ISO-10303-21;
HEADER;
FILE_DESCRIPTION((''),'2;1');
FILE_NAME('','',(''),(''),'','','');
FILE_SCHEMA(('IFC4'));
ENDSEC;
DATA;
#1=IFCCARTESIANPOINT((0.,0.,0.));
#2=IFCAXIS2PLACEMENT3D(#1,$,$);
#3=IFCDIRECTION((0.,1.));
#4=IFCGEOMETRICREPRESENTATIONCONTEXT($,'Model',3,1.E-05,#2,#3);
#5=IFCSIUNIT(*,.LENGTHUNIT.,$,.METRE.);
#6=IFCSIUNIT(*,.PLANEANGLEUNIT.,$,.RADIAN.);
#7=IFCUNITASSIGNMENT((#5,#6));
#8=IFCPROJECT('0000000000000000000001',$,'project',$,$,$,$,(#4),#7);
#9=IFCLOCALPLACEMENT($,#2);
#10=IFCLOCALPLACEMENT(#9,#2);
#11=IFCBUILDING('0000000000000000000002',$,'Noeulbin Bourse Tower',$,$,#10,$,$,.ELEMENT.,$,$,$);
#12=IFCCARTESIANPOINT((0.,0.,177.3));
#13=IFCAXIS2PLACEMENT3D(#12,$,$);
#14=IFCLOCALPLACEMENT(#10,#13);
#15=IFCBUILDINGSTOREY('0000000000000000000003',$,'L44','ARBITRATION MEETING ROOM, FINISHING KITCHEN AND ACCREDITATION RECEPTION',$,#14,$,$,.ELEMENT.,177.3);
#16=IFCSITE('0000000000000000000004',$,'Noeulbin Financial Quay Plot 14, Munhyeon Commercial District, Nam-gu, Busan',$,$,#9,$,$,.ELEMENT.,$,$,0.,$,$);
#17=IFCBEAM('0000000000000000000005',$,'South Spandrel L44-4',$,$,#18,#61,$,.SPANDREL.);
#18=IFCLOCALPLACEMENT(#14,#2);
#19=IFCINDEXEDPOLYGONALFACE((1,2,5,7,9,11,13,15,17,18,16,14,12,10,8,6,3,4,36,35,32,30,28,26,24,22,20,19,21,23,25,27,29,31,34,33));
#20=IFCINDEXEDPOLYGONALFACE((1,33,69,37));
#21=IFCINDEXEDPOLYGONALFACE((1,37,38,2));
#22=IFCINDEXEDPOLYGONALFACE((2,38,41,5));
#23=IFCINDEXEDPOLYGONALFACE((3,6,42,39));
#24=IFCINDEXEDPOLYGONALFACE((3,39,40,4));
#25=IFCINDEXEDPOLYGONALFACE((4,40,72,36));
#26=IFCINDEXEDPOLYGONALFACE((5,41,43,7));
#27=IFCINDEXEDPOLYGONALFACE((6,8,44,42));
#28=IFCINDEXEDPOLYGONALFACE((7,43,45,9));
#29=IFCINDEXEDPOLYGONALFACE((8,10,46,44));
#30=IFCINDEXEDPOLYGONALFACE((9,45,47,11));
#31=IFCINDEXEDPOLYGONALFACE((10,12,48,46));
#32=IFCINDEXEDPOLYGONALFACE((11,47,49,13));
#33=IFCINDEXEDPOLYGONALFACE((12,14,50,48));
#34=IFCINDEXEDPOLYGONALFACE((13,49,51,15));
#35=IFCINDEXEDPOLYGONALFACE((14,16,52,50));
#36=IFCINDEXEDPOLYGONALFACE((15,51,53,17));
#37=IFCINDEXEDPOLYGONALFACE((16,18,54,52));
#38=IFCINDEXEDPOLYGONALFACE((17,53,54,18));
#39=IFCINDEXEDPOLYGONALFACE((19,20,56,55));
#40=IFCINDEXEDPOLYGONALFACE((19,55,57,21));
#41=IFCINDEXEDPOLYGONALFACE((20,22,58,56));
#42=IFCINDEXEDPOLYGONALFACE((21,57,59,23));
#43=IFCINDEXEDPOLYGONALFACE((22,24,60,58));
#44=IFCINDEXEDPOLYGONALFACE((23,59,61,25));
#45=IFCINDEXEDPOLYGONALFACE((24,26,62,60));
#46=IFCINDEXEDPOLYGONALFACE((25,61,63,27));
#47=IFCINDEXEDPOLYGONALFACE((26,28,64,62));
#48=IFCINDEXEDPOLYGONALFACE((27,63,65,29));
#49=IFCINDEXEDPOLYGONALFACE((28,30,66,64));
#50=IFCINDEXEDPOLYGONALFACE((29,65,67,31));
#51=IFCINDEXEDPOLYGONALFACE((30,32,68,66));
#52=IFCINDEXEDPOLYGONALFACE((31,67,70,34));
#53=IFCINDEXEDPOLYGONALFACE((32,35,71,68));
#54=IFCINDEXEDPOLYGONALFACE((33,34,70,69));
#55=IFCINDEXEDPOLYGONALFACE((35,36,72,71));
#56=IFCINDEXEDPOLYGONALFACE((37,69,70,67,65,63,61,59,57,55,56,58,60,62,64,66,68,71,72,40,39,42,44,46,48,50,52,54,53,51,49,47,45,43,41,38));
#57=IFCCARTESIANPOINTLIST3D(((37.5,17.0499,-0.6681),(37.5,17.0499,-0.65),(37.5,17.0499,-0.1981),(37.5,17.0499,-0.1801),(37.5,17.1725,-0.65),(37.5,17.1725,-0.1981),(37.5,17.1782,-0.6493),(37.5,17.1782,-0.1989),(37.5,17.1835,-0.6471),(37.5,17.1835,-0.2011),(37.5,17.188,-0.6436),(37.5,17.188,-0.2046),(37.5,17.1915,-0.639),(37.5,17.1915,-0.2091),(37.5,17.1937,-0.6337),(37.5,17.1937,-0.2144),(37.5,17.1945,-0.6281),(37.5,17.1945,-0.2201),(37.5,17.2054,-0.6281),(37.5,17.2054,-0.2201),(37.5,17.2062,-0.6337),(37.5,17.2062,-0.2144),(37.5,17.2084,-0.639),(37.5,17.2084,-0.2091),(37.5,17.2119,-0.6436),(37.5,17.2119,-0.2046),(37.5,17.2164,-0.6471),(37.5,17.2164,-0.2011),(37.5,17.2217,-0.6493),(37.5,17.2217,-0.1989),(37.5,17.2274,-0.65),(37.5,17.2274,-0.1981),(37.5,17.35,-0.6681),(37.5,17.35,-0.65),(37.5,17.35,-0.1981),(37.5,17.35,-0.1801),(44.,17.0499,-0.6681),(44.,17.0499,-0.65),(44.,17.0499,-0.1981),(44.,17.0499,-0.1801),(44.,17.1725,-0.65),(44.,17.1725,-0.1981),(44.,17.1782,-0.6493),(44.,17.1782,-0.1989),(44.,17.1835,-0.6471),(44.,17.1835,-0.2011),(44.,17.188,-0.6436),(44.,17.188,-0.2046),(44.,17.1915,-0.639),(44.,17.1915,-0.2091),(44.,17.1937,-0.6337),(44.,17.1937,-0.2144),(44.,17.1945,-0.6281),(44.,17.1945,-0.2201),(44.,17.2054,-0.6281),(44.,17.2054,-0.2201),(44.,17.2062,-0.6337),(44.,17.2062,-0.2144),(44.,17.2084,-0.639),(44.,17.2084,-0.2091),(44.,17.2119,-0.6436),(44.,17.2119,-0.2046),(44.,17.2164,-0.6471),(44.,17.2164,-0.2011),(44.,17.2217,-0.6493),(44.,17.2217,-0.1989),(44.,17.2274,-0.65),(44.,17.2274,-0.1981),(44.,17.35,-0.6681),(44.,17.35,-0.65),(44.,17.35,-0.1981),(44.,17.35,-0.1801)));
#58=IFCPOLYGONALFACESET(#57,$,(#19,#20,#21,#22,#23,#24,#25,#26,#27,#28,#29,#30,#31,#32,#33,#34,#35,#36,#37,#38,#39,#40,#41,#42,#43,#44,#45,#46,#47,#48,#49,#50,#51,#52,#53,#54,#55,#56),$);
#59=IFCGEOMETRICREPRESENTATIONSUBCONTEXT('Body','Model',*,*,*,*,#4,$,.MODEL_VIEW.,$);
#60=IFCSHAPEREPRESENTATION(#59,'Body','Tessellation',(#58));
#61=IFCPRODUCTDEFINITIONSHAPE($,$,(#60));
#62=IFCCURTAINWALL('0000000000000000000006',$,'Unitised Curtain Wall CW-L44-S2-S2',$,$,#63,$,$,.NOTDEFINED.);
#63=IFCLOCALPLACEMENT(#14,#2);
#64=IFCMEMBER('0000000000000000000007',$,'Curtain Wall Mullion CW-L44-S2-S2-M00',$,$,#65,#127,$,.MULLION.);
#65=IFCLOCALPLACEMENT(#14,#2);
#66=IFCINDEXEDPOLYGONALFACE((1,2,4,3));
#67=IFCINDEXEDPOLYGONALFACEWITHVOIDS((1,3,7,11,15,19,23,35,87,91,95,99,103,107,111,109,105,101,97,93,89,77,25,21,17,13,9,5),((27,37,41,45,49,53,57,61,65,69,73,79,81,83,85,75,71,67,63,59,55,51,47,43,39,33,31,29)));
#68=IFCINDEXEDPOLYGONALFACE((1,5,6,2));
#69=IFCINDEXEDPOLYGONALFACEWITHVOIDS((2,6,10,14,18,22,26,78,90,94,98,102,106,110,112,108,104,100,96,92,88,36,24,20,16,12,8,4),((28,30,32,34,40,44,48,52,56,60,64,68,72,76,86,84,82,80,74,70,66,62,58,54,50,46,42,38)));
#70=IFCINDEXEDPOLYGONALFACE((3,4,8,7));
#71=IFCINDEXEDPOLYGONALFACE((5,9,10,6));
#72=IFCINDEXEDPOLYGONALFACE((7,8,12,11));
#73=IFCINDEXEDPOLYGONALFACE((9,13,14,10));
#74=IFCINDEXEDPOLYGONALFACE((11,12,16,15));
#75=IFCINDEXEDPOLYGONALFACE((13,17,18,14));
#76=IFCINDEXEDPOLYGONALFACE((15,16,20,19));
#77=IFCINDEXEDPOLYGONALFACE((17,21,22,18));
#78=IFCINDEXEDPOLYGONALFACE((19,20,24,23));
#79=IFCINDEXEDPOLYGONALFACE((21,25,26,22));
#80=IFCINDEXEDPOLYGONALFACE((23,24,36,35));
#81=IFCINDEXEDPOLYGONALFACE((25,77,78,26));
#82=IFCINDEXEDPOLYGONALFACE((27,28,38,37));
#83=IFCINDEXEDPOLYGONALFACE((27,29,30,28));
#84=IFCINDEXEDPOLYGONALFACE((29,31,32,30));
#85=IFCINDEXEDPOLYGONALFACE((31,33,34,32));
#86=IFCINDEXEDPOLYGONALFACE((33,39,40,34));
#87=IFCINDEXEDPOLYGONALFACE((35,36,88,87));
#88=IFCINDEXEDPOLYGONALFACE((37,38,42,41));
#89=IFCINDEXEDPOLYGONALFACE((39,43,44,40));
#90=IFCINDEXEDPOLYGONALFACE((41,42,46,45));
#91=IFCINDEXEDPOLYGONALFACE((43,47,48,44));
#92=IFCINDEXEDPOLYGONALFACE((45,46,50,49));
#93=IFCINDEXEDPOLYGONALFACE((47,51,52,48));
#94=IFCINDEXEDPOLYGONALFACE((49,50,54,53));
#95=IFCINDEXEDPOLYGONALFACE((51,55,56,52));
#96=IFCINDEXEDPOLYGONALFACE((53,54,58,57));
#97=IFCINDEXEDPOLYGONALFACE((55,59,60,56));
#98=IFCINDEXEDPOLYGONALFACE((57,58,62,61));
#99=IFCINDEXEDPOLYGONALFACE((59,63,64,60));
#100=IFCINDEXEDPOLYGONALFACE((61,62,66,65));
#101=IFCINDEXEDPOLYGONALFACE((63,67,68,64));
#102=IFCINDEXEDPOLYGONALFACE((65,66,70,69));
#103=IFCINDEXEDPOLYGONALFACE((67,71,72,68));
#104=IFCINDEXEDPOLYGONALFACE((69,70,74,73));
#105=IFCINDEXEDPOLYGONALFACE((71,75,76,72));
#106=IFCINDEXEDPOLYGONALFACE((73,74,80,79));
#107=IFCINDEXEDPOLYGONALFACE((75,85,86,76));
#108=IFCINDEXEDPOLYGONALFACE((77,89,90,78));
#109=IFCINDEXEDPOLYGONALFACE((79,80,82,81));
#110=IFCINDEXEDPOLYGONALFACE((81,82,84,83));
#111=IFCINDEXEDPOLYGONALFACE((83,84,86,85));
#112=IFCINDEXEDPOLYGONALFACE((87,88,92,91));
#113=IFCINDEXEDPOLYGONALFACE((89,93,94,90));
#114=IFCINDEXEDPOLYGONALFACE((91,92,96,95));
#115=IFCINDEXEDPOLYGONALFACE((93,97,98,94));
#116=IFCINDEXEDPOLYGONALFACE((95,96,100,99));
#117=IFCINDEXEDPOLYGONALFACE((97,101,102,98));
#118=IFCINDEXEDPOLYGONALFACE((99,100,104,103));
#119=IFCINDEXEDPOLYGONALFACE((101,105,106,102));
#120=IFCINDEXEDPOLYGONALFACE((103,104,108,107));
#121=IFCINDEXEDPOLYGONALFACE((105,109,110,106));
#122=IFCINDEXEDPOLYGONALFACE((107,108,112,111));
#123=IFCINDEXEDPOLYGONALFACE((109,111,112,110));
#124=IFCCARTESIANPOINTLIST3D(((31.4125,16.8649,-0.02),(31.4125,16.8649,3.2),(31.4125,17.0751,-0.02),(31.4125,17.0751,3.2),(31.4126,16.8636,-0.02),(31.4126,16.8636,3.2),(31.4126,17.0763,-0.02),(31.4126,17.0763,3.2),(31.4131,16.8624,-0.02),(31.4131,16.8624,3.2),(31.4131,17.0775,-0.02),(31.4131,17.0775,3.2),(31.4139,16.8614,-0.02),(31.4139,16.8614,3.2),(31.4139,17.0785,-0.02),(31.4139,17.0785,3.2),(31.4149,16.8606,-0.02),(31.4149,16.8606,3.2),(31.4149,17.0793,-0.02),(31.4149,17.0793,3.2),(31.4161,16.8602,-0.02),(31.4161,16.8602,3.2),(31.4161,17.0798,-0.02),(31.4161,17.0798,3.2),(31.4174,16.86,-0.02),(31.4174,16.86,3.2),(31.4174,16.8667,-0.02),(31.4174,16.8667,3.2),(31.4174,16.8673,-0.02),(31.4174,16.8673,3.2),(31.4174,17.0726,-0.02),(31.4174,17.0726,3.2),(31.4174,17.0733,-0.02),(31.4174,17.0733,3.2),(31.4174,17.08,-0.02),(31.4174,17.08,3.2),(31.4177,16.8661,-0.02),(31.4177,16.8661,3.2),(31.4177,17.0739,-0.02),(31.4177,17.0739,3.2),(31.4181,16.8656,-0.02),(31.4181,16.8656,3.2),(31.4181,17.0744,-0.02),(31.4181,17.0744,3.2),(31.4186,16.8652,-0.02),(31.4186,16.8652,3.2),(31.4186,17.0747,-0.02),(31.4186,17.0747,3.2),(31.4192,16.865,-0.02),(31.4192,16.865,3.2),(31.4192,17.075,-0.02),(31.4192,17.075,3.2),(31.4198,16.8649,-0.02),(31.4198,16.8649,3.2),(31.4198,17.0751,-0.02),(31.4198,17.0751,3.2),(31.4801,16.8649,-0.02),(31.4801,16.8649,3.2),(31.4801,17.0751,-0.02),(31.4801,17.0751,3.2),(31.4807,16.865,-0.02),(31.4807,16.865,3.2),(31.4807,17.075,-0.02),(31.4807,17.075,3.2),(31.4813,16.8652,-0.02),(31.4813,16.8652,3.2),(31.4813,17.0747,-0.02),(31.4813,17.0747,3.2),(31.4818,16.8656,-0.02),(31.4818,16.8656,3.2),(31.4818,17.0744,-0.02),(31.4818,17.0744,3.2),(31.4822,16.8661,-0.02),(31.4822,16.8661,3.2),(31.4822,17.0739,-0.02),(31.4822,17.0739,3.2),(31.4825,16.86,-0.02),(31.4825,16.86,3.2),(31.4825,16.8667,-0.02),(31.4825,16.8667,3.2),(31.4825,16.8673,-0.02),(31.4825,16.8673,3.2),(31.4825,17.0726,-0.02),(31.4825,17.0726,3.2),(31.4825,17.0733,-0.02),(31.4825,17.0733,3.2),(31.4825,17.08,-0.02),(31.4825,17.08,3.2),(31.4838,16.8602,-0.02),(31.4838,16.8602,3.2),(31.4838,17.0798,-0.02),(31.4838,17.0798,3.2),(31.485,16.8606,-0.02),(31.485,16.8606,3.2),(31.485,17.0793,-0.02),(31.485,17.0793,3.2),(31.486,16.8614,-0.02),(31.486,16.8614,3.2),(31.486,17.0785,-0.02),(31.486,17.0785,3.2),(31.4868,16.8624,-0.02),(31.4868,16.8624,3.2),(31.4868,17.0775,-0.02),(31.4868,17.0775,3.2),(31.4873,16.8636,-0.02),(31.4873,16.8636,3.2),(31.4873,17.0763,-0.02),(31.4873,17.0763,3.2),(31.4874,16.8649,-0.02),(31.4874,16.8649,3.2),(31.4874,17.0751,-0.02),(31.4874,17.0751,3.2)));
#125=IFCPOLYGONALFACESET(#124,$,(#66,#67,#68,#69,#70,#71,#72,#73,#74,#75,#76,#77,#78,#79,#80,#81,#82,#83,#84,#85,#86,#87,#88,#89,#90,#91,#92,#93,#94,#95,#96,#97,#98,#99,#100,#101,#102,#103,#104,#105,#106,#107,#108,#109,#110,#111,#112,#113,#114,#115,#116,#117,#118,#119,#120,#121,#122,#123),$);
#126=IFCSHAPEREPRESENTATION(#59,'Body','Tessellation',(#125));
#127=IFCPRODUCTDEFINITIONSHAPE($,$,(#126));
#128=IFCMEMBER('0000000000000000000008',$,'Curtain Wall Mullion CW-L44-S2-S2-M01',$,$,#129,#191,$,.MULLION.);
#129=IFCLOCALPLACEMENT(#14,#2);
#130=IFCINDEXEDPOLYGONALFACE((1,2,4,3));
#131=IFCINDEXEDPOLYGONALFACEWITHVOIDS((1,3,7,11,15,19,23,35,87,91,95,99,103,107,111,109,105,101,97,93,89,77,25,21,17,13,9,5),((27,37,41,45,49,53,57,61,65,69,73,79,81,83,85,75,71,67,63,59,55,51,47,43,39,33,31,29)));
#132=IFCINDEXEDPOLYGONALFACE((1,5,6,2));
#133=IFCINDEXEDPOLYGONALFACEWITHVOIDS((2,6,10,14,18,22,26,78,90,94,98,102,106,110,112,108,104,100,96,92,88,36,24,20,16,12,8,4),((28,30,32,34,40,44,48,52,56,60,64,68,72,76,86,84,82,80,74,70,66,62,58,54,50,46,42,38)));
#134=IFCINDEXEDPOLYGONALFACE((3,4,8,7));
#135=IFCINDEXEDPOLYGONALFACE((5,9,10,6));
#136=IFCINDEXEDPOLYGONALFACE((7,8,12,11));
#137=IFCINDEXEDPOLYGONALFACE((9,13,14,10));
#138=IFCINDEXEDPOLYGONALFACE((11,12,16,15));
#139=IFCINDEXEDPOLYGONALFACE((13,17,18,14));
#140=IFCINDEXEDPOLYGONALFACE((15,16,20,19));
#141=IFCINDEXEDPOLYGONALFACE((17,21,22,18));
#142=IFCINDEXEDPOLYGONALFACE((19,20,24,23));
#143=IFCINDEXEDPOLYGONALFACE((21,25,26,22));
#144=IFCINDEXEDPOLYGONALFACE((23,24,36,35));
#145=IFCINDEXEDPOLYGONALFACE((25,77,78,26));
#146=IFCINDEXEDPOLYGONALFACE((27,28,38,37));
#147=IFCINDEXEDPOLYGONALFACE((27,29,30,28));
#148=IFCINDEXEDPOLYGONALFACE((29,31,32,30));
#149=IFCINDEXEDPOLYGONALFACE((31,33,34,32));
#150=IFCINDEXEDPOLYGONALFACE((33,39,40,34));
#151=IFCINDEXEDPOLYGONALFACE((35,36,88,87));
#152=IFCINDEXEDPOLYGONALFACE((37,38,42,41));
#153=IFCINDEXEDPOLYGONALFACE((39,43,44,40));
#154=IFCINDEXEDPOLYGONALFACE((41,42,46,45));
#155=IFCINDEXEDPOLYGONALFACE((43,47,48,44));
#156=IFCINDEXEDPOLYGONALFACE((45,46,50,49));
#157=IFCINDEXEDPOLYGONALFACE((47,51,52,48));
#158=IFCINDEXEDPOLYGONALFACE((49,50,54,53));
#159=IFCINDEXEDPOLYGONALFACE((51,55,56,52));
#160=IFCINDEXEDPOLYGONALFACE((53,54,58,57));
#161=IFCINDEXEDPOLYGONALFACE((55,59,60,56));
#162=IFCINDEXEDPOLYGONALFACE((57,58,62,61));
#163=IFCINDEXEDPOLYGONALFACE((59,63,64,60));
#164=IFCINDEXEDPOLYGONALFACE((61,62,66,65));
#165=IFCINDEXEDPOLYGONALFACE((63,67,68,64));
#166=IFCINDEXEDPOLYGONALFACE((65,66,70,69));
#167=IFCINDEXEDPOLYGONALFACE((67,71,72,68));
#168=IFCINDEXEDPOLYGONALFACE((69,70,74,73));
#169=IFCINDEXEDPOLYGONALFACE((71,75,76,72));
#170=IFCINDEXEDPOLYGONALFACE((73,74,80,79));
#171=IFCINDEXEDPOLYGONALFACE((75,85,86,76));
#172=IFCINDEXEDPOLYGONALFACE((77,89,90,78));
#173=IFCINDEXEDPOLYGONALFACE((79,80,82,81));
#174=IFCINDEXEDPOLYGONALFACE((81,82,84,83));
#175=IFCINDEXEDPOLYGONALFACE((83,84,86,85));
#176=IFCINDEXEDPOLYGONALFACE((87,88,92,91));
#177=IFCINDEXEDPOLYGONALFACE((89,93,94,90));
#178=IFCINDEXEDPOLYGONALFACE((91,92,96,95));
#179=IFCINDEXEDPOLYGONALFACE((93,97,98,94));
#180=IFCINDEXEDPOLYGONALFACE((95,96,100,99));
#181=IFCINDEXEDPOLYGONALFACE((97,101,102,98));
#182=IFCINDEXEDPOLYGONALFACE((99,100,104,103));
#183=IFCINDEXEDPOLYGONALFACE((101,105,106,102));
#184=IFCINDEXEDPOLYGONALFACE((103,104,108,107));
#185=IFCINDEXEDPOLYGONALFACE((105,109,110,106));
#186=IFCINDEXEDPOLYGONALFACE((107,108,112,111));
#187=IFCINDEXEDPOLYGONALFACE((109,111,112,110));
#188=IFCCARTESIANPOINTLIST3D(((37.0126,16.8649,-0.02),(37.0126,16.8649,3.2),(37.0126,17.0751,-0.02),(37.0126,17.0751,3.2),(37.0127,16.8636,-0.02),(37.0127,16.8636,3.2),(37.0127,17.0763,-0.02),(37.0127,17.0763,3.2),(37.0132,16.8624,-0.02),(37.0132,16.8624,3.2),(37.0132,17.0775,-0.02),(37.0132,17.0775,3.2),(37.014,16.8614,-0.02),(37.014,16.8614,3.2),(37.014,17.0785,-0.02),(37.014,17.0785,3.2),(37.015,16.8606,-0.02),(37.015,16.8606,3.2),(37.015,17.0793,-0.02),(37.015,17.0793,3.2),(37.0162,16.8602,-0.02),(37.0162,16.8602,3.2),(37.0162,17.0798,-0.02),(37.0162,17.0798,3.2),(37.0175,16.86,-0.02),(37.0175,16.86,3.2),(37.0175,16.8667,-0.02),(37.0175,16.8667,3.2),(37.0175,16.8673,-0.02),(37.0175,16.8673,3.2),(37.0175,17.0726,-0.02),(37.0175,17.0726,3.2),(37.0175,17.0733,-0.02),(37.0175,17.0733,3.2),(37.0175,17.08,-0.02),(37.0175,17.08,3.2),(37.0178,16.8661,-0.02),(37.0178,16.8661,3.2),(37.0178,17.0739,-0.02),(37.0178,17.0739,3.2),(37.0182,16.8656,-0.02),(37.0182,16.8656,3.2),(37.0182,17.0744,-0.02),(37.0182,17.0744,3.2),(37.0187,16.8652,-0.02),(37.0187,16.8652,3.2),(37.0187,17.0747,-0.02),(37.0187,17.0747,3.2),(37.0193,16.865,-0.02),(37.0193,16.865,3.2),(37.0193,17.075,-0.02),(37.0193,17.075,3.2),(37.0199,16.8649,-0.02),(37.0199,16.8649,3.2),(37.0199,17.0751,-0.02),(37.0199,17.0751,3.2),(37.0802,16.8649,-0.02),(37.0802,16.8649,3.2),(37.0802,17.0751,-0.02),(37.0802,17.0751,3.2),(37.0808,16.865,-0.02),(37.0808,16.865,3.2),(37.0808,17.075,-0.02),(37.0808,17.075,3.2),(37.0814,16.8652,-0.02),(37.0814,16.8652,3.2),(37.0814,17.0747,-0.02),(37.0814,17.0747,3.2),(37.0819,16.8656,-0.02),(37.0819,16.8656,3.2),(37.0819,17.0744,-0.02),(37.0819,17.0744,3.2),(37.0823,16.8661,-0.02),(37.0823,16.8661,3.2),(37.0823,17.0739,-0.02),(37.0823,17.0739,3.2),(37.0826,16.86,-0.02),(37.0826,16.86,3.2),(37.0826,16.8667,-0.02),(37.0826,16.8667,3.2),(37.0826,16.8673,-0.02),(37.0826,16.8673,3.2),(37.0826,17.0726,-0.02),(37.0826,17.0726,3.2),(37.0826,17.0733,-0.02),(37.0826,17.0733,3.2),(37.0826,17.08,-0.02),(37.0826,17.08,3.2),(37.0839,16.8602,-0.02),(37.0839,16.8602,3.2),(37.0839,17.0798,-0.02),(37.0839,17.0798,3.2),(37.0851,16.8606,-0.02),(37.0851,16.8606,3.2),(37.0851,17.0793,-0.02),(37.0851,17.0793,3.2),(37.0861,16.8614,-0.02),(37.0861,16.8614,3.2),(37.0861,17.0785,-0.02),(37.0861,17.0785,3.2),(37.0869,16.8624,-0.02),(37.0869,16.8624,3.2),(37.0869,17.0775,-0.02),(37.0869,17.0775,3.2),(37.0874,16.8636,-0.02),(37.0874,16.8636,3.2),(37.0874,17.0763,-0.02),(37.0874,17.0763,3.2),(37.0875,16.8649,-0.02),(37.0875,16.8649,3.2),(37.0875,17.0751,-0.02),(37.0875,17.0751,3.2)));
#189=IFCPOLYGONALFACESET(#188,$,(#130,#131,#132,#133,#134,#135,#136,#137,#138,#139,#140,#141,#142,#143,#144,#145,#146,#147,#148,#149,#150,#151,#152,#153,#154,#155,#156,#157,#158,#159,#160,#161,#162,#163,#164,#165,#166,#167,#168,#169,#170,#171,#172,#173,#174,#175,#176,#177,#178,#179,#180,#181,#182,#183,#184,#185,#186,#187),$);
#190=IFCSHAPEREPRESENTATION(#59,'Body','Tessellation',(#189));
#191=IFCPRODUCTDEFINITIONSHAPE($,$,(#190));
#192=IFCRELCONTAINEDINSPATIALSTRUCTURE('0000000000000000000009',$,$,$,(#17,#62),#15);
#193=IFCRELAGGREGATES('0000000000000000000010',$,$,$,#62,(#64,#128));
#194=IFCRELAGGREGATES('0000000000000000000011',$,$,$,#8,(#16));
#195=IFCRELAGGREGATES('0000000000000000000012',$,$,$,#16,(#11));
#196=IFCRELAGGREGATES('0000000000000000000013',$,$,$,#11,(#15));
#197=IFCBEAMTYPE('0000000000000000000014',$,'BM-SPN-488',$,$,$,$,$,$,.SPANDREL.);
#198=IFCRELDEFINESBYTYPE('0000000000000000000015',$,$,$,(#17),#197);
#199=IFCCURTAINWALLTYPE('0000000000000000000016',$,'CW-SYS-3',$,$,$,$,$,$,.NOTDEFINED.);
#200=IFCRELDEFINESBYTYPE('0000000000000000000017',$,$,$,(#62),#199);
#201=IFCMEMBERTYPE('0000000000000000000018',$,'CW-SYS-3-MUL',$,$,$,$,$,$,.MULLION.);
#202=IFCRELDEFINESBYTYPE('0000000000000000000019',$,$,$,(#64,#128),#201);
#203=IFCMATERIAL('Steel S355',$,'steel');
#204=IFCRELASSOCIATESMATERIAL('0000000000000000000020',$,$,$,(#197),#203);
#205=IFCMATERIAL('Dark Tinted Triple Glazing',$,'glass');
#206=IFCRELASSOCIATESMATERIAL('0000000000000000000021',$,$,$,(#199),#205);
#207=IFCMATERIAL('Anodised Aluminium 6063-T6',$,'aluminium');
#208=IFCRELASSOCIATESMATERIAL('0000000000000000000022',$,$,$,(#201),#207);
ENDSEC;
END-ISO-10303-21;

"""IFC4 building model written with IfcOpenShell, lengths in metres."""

from ifc_helpers import new_model, si_unit, direction, frame, origin, origin_2d, place, context, subcontext, project, spatial, hollow_rectangle, i_section, extrude, material, material_profile, profile_set, type_object, element, aggregate, save


model = new_model("IFC4")

# Units and contexts
model_context = context("Model", 3, precision=1e-05, world=origin(), true_north=direction((0.0, 1.0)))
body_context = subcontext(model_context, "Body", "Model", "MODEL_VIEW")
ifc_project = project(units=[si_unit("LENGTHUNIT", "METRE"), si_unit("PLANEANGLEUNIT", "RADIAN")], contexts=[model_context])

# Site, building, storey
site_placement = place(None, origin())
site = spatial("IfcSite", under=ifc_project, at=site_placement, Name="Noeulbin Financial Quay Plot 14, Munhyeon Commercial District, Nam-gu, Busan", CompositionType="ELEMENT", RefElevation=0.0)
building_placement = place(site_placement, origin())
building = spatial("IfcBuilding", under=site, at=building_placement, Name="Noeulbin Bourse Tower", CompositionType="ELEMENT")
storey_placement = place(building_placement, frame((0.0, 0.0, 177.3)))
storey = spatial("IfcBuildingStorey", under=building, at=storey_placement, Name="L44", Description="ARBITRATION MEETING ROOM, FINISHING KITCHEN AND ACCREDITATION RECEPTION", CompositionType="ELEMENT", Elevation=177.3)

# Shared definitions
ifc_material_1 = material(Name="Steel S355", Category="steel")

# Beam
ifc_material_profile_1 = material_profile(ifc_material_1, i_section(OverallWidth=0.3, OverallDepth=0.488, WebThickness=0.011, FlangeThickness=0.0181, FilletRadius=0.022, at=origin_2d()), Name="H-488x300x11x18", Category="LoadBearing")
ifc_profile_set_1 = profile_set([ifc_material_profile_1], Name="Steel S355")
beam_type_1 = type_object("IfcBeamType", Name="BM-SPN-488", PredefinedType="SPANDREL", material=ifc_profile_set_1)
for number, where, z_axis, x_axis, name in (
    (1, (37.5, 17.2, -0.4241), (1.0, 0.0, 0.0), (0.0, 1.0, 0.0), "South Spandrel L44-4"),
):
    element("IfcBeam", number, at=place(storey_placement, frame(where, z_axis=z_axis, x_axis=x_axis)), inside=storey, type_object=beam_type_1, Name=name, PredefinedType="SPANDREL", context=body_context, shape_type="SweptSolid", body=[
        extrude(i_section(OverallWidth=0.3, OverallDepth=0.488, WebThickness=0.011, FlangeThickness=0.0181, FilletRadius=0.022, at=origin_2d()), origin(), (0.0, 0.0, 1.0), 6.5),
    ])

# Curtain wall, members
ifc_material_2 = material(Name="Dark Tinted Triple Glazing", Category="glass")
curtain_wall_type = type_object("IfcCurtainWallType", Name="CW-SYS-3", PredefinedType="NOTDEFINED", material=ifc_material_2)
curtain_wall_1_placement = place(storey_placement, origin())
curtain_wall_1 = element("IfcCurtainWall", 2, at=curtain_wall_1_placement, inside=storey, type_object=curtain_wall_type, Name="Unitised Curtain Wall CW-L44-S2-S2", PredefinedType="NOTDEFINED")
ifc_material_3 = material(Name="Anodised Aluminium 6063-T6", Category="aluminium")
ifc_material_profile_2 = material_profile(ifc_material_3, hollow_rectangle(XDim=0.075, YDim=0.22, WallThickness=0.0049, InnerFilletRadius=0.0024, OuterFilletRadius=0.0049, at=origin_2d()), Name="ALU-MULL-75x220x5", Category="LoadBearing")
ifc_profile_set_2 = profile_set([ifc_material_profile_2], Name="Anodised Aluminium 6063-T6")
member_type_1 = type_object("IfcMemberType", Name="CW-SYS-3-MUL", PredefinedType="MULLION", material=ifc_profile_set_2)
member_1_placement = place(storey_placement, frame((31.45, 16.97, -0.02), z_axis=(0.0, 0.0, 1.0), x_axis=(1.0, 0.0, 0.0)))
member_1 = element("IfcMember", 3, at=member_1_placement, type_object=member_type_1, Name="Curtain Wall Mullion CW-L44-S2-S2-M00", PredefinedType="MULLION", context=body_context, shape_type="SweptSolid", body=[
    extrude(hollow_rectangle(XDim=0.075, YDim=0.22, WallThickness=0.0049, InnerFilletRadius=0.0024, OuterFilletRadius=0.0049, at=origin_2d()), origin(), (0.0, 0.0, 1.0), 3.22),
])
member_2_placement = place(storey_placement, frame((37.05, 16.97, -0.02), z_axis=(0.0, 0.0, 1.0), x_axis=(1.0, 0.0, 0.0)))
member_2 = element("IfcMember", 4, at=member_2_placement, type_object=member_type_1, Name="Curtain Wall Mullion CW-L44-S2-S2-M01", PredefinedType="MULLION", context=body_context, shape_type="SweptSolid", body=[
    extrude(hollow_rectangle(XDim=0.075, YDim=0.22, WallThickness=0.0049, InnerFilletRadius=0.0024, OuterFilletRadius=0.0049, at=origin_2d()), origin(), (0.0, 0.0, 1.0), 3.22),
])

aggregate(curtain_wall_1, [member_1, member_2])

save(model, "model.ifc")
